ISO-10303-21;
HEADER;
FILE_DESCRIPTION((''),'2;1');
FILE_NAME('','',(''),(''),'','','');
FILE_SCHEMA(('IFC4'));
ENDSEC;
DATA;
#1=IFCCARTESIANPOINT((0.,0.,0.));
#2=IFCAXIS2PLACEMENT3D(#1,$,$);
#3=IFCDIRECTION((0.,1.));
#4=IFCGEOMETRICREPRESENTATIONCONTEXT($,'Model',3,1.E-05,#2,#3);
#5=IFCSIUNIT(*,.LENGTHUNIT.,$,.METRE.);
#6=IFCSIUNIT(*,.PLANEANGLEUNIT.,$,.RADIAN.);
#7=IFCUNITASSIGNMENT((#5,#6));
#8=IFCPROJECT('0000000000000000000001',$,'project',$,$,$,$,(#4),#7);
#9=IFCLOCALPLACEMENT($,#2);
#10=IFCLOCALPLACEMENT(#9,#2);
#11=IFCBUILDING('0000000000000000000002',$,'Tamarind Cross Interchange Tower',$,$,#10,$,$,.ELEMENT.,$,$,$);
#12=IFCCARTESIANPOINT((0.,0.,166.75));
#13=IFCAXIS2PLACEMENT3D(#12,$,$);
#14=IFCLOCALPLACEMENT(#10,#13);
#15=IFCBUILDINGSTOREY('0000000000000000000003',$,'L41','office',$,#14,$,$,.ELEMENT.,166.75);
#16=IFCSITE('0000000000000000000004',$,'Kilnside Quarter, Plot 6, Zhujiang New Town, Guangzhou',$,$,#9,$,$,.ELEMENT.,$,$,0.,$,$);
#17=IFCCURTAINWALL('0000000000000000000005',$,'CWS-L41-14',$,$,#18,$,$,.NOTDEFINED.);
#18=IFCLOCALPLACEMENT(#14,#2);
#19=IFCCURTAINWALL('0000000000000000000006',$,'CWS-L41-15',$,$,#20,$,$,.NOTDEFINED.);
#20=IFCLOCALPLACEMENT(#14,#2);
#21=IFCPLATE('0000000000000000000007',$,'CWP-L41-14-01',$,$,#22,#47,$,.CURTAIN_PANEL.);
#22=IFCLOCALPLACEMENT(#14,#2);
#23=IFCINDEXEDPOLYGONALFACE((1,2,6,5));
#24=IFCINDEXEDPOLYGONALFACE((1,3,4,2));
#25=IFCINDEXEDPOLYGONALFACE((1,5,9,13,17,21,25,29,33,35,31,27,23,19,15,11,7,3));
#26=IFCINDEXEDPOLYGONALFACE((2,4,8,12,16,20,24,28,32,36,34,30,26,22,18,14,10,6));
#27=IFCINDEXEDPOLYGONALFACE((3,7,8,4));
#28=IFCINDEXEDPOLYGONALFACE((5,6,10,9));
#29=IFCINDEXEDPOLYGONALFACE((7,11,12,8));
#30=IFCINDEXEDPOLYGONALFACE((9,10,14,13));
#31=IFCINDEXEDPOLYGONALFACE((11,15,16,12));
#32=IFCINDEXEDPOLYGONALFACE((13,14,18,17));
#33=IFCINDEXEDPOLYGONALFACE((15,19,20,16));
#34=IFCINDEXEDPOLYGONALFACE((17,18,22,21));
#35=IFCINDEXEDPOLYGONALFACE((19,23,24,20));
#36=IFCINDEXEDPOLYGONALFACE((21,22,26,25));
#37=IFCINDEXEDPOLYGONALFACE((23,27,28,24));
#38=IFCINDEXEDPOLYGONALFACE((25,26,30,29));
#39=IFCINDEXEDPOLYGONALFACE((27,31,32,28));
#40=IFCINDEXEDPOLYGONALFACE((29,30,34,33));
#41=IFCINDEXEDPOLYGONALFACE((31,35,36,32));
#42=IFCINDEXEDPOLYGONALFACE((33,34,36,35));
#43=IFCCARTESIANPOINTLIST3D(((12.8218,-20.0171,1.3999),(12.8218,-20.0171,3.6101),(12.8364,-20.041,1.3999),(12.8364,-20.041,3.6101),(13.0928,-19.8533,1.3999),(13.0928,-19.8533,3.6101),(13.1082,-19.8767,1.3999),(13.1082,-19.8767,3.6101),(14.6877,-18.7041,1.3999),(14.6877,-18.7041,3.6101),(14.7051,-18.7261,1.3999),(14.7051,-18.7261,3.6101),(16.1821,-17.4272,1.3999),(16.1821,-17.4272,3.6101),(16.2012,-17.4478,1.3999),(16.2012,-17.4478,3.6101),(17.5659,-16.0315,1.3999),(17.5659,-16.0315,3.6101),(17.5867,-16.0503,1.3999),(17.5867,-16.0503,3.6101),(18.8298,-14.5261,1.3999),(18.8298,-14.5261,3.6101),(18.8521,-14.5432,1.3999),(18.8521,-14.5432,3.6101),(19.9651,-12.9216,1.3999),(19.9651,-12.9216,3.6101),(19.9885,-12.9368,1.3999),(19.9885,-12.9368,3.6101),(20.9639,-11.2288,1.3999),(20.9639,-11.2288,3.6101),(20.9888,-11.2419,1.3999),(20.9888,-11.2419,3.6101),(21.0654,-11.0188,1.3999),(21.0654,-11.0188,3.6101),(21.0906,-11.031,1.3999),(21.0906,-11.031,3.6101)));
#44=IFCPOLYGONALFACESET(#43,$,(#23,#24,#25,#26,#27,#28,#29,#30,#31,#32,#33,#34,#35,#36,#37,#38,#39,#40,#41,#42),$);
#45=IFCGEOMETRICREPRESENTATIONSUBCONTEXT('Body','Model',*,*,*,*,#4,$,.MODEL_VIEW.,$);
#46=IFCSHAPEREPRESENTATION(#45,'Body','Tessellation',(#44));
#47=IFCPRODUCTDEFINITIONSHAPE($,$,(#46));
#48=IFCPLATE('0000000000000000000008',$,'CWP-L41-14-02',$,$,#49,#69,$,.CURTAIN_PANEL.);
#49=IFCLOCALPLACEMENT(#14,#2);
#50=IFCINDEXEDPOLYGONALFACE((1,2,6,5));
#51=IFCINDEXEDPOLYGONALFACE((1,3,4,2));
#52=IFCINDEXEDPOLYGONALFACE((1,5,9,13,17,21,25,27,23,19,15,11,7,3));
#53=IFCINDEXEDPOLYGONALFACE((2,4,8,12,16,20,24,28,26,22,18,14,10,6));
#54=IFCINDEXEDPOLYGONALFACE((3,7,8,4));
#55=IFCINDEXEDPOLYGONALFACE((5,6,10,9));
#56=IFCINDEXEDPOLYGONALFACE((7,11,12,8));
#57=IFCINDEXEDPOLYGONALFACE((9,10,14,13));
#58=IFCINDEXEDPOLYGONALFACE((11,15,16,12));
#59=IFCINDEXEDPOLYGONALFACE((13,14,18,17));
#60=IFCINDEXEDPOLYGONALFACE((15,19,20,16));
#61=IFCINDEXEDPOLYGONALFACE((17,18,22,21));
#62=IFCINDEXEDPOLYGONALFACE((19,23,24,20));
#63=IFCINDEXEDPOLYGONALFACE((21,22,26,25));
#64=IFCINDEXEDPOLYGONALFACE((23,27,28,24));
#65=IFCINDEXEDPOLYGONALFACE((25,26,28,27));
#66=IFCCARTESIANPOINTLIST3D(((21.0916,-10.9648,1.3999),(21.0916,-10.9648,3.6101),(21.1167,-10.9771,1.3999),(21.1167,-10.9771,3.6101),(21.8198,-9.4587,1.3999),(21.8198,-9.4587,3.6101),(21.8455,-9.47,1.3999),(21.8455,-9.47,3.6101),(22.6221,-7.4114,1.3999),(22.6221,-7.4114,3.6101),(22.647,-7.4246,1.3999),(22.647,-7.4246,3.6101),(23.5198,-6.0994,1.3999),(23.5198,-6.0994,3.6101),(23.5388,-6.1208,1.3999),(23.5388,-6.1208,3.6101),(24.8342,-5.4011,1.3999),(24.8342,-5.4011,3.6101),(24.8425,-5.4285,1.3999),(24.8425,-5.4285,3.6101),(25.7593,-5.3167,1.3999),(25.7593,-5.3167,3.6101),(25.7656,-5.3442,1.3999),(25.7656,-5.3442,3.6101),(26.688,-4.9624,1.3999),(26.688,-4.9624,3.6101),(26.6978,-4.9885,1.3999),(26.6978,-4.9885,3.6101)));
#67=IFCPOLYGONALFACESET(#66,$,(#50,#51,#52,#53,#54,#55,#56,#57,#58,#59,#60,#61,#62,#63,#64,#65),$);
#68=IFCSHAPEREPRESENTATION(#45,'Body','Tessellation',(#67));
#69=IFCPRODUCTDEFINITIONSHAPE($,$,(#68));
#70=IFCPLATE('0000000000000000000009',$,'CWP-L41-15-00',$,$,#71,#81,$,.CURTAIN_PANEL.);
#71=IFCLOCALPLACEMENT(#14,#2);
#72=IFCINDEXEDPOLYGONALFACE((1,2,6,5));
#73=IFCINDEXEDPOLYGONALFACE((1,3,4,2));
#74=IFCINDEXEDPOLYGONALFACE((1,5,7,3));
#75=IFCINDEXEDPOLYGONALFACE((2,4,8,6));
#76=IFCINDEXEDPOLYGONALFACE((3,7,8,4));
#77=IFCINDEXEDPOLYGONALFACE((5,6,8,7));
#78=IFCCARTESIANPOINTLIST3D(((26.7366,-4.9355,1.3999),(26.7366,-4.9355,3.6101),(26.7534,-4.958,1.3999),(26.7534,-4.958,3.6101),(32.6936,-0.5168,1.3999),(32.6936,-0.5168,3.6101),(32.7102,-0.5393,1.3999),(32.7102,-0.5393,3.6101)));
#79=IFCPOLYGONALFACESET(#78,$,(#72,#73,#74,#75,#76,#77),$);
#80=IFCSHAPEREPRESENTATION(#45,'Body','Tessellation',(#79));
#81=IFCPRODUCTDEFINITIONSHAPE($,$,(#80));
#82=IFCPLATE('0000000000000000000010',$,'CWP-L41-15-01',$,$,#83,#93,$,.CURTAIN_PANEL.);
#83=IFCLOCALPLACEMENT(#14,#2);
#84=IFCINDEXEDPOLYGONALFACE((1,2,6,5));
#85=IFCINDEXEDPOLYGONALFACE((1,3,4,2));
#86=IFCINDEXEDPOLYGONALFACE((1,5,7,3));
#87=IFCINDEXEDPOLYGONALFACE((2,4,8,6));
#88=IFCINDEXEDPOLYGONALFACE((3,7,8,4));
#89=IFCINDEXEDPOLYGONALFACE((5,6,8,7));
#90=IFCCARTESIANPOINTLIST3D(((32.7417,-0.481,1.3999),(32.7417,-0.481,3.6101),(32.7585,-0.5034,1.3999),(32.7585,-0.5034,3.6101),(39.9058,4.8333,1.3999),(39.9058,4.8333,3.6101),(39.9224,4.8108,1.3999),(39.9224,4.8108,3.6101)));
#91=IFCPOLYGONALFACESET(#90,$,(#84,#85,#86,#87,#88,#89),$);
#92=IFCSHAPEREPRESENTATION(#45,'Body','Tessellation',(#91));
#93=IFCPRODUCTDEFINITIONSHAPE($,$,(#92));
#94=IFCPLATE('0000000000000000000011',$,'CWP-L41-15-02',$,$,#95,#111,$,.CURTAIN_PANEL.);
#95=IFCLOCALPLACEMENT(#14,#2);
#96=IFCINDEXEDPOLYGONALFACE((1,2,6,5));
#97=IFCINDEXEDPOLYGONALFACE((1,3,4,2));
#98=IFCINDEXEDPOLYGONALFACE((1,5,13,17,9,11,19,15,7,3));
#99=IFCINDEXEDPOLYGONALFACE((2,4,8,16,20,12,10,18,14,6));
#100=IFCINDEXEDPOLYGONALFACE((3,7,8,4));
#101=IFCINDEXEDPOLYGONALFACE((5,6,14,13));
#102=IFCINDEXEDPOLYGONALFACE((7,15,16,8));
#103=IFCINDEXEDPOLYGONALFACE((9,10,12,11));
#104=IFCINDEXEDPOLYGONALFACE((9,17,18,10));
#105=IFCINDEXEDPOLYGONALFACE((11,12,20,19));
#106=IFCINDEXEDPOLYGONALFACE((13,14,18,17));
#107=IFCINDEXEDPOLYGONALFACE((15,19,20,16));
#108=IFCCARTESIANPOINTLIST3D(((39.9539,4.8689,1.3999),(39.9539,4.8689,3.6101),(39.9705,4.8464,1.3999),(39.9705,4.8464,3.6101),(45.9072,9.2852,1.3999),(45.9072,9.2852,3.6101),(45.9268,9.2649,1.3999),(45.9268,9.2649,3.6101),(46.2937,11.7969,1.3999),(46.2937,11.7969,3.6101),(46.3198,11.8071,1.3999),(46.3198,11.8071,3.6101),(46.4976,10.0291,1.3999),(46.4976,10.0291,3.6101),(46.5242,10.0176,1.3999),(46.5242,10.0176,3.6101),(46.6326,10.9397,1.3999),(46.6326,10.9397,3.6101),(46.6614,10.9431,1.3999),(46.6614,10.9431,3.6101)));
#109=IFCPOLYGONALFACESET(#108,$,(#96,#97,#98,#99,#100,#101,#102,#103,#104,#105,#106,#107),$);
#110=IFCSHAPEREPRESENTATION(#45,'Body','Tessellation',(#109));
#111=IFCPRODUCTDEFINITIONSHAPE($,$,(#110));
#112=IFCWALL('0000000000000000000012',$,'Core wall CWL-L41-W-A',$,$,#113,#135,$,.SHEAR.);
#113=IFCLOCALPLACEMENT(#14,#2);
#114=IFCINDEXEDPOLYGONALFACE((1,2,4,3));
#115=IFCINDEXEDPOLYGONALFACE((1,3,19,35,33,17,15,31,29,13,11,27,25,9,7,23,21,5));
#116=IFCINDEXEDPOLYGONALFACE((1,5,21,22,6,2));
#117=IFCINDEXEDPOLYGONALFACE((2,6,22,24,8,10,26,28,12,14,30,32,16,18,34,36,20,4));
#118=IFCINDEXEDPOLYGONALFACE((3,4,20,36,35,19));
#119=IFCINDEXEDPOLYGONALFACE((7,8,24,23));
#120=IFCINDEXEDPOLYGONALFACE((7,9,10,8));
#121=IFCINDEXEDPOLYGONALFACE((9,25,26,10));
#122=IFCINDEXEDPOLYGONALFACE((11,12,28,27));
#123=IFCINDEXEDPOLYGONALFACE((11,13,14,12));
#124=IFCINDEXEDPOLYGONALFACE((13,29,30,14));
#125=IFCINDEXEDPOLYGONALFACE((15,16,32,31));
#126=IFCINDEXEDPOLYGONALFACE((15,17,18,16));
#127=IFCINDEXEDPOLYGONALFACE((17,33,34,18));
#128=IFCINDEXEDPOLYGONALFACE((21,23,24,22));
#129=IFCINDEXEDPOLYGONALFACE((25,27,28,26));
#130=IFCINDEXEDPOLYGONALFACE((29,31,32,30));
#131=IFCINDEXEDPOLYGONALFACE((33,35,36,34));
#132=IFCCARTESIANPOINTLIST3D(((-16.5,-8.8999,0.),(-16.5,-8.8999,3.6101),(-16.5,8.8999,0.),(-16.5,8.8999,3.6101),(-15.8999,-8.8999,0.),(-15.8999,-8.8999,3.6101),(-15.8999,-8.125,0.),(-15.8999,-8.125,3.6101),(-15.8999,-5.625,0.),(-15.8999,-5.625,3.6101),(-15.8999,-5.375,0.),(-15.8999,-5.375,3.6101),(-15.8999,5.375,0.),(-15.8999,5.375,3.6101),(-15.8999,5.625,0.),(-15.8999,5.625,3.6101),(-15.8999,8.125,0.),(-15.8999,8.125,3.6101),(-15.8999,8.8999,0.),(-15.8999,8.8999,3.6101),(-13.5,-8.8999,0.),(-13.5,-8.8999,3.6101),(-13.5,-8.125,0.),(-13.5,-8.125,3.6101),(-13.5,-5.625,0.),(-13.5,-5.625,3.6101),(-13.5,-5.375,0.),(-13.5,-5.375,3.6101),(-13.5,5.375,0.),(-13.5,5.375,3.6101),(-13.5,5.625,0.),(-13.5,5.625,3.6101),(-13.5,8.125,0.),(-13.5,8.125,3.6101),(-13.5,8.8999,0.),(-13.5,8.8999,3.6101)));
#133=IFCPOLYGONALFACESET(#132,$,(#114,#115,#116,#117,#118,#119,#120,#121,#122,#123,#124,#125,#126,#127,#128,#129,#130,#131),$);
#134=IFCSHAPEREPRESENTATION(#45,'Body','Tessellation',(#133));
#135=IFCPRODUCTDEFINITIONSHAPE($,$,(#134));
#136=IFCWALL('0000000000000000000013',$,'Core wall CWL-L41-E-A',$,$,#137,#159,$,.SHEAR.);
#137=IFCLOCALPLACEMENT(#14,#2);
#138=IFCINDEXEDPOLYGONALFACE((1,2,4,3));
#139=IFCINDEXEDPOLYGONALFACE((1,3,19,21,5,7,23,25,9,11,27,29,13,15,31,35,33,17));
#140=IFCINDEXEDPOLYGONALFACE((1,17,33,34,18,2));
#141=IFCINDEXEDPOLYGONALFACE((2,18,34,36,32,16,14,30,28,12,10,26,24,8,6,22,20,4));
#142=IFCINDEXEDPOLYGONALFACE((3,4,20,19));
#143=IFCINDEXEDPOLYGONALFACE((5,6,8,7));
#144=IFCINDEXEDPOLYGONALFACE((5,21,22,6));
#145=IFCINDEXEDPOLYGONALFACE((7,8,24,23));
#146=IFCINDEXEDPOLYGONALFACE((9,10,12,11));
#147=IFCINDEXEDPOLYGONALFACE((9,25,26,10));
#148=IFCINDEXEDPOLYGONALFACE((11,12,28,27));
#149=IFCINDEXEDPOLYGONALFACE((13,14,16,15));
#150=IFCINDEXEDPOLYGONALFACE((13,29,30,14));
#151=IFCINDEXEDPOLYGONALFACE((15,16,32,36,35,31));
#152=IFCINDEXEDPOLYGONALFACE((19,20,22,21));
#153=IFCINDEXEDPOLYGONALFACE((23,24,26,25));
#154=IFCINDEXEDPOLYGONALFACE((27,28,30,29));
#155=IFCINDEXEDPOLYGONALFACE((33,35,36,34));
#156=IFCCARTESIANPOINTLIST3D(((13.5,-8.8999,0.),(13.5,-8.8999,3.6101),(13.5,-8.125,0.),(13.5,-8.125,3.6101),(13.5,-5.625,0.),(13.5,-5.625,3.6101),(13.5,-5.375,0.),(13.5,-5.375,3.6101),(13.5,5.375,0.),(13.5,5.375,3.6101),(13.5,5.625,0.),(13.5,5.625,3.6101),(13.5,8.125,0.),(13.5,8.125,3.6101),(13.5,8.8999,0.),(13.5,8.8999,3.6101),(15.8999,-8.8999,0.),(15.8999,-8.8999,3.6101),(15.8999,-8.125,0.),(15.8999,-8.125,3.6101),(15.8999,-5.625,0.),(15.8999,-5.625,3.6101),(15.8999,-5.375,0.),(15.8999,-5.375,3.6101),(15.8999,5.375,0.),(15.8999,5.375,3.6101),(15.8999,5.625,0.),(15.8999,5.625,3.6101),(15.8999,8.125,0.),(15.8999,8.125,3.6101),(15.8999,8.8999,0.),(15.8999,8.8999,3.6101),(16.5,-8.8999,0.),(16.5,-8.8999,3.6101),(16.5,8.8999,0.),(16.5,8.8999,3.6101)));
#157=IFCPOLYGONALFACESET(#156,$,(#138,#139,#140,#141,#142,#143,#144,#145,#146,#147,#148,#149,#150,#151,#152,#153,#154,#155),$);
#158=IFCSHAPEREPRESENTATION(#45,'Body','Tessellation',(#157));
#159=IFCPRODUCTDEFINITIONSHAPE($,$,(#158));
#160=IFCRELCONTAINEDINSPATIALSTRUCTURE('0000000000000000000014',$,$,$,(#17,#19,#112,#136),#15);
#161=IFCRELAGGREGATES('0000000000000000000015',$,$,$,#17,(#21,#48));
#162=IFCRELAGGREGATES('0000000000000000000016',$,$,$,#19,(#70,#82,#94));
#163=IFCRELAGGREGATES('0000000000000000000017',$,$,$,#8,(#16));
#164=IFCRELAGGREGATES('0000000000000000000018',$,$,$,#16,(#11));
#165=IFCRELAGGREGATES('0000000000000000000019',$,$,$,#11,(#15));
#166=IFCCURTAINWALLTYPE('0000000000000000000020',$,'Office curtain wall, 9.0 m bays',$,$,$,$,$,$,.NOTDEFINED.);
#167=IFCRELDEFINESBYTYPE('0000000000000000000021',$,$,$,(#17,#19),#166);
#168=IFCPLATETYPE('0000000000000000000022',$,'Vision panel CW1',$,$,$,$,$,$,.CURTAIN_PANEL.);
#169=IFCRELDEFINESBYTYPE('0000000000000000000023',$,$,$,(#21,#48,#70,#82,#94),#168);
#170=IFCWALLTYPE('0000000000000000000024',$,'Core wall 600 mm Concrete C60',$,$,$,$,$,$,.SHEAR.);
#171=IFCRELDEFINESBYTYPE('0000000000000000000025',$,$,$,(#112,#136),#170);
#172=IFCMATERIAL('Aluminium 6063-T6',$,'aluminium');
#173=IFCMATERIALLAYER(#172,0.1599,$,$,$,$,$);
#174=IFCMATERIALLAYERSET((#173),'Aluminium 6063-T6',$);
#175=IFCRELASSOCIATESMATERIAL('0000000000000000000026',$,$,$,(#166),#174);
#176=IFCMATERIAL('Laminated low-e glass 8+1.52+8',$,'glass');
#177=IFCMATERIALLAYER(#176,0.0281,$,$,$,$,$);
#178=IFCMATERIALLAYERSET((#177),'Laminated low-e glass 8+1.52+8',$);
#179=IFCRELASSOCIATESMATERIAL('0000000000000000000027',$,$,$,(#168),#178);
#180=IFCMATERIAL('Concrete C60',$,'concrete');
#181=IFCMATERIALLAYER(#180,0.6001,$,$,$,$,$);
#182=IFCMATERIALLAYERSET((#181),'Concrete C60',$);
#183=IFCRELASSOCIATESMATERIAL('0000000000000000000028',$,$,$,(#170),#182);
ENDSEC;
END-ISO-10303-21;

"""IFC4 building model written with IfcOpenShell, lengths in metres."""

from ifc_helpers import new_model, si_unit, direction, frame, origin, place, context, subcontext, project, spatial, polyline, outline, extrude, material, layer, layer_set, type_object, element, aggregate, save


model = new_model("IFC4")

# Units and contexts
model_context = context("Model", 3, precision=1e-05, world=origin(), true_north=direction((0.0, 1.0)))
body_context = subcontext(model_context, "Body", "Model", "MODEL_VIEW")
ifc_project = project(units=[si_unit("LENGTHUNIT", "METRE"), si_unit("PLANEANGLEUNIT", "RADIAN")], contexts=[model_context])

# Site, building, storey
site_placement = place(None, origin())
site = spatial("IfcSite", under=ifc_project, at=site_placement, Name="Kilnside Quarter, Plot 6, Zhujiang New Town, Guangzhou", CompositionType="ELEMENT", RefElevation=0.0)
building_placement = place(site_placement, origin())
building = spatial("IfcBuilding", under=site, at=building_placement, Name="Tamarind Cross Interchange Tower", CompositionType="ELEMENT")
storey_placement = place(building_placement, frame((0.0, 0.0, 166.75)))
storey = spatial("IfcBuildingStorey", under=building, at=storey_placement, Name="L41", Description="office", CompositionType="ELEMENT", Elevation=166.75)

# Curtain walls
ifc_material_1 = material(Name="Aluminium 6063-T6", Category="aluminium")
ifc_layer_1 = layer(ifc_material_1, 0.1599)
ifc_layer_set_1 = layer_set([ifc_layer_1], Name="Aluminium 6063-T6")
curtain_wall_type = type_object("IfcCurtainWallType", Name="Office curtain wall, 9.0 m bays", PredefinedType="NOTDEFINED", material=ifc_layer_set_1)
curtain_wall_1_placement = place(storey_placement, origin())
curtain_wall_1 = element("IfcCurtainWall", 1, at=curtain_wall_1_placement, inside=storey, type_object=curtain_wall_type, Name="CWS-L41-14", PredefinedType="NOTDEFINED")
curtain_wall_2_placement = place(storey_placement, origin())
curtain_wall_2 = element("IfcCurtainWall", 2, at=curtain_wall_2_placement, inside=storey, type_object=curtain_wall_type, Name="CWS-L41-15", PredefinedType="NOTDEFINED")

# Plates
ifc_material_2 = material(Name="Laminated low-e glass 8+1.52+8", Category="glass")
ifc_layer_2 = layer(ifc_material_2, 0.0281)
ifc_layer_set_2 = layer_set([ifc_layer_2], Name="Laminated low-e glass 8+1.52+8")
plate_type = type_object("IfcPlateType", Name="Vision panel CW1", PredefinedType="CURTAIN_PANEL", material=ifc_layer_set_2)
plate_1_placement = place(storey_placement, frame((0.0, 0.0, 1.3999)))
plate_1 = element("IfcPlate", 3, at=plate_1_placement, type_object=plate_type, Name="CWP-L41-14-01", PredefinedType="CURTAIN_PANEL", context=body_context, shape_type="SweptSolid", body=[
    extrude(outline(polyline([(12.8218, -20.0171), (13.0928, -19.8533), (14.6877, -18.7041), (16.1821, -17.4272), (17.5659, -16.0315), (18.8298, -14.5261), (19.9651, -12.9216), (20.9639, -11.2288), (21.0654, -11.0188), (21.0906, -11.031), (20.9888, -11.2419), (19.9885, -12.9368), (18.8521, -14.5432), (17.5867, -16.0503), (16.2012, -17.4478), (14.7051, -18.7261), (13.1082, -19.8767), (12.8364, -20.041), (12.8218, -20.0171)])), origin(), (0.0, 0.0, 1.0), 2.2102),
])
plate_2_placement = place(storey_placement, frame((0.0, 0.0, 1.3999)))
plate_2 = element("IfcPlate", 4, at=plate_2_placement, type_object=plate_type, Name="CWP-L41-14-02", PredefinedType="CURTAIN_PANEL", context=body_context, shape_type="SweptSolid", body=[
    extrude(outline(polyline([(21.0916, -10.9648), (21.8198, -9.4587), (22.6221, -7.4114), (23.5198, -6.0994), (24.8342, -5.4011), (25.7593, -5.3167), (26.688, -4.9624), (26.6978, -4.9885), (25.7656, -5.3442), (24.8425, -5.4285), (23.5388, -6.1208), (22.647, -7.4246), (21.8455, -9.47), (21.1167, -10.9771), (21.0916, -10.9648)])), origin(), (0.0, 0.0, 1.0), 2.2102),
])
aggregate(curtain_wall_1, [plate_1, plate_2])
plate_3_placement = place(storey_placement, frame((0.0, 0.0, 1.3999)))
plate_3 = element("IfcPlate", 5, at=plate_3_placement, type_object=plate_type, Name="CWP-L41-15-00", PredefinedType="CURTAIN_PANEL", context=body_context, shape_type="SweptSolid", body=[
    extrude(outline(polyline([(26.7366, -4.9355), (32.6936, -0.5168), (32.7102, -0.5393), (26.7534, -4.958), (26.7366, -4.9355)])), origin(), (0.0, 0.0, 1.0), 2.2102),
])
plate_4_placement = place(storey_placement, frame((0.0, 0.0, 1.3999)))
plate_4 = element("IfcPlate", 6, at=plate_4_placement, type_object=plate_type, Name="CWP-L41-15-01", PredefinedType="CURTAIN_PANEL", context=body_context, shape_type="SweptSolid", body=[
    extrude(outline(polyline([(32.7417, -0.481), (39.9058, 4.8333), (39.9224, 4.8108), (32.7585, -0.5034), (32.7417, -0.481)])), origin(), (0.0, 0.0, 1.0), 2.2102),
])
plate_5_placement = place(storey_placement, frame((0.0, 0.0, 1.3999)))
plate_5 = element("IfcPlate", 7, at=plate_5_placement, type_object=plate_type, Name="CWP-L41-15-02", PredefinedType="CURTAIN_PANEL", context=body_context, shape_type="SweptSolid", body=[
    extrude(outline(polyline([(39.9539, 4.8689), (45.9072, 9.2852), (46.4976, 10.0291), (46.6326, 10.9397), (46.2937, 11.7969), (46.3198, 11.8071), (46.6614, 10.9431), (46.5242, 10.0176), (45.9268, 9.2649), (39.9705, 4.8464), (39.9539, 4.8689)])), origin(), (0.0, 0.0, 1.0), 2.2102),
])
aggregate(curtain_wall_2, [plate_3, plate_4, plate_5])

# Walls
ifc_material_3 = material(Name="Concrete C60", Category="concrete")
ifc_layer_3 = layer(ifc_material_3, 0.6001)
ifc_layer_set_3 = layer_set([ifc_layer_3], Name="Concrete C60")
wall_type_1 = type_object("IfcWallType", Name="Core wall 600 mm Concrete C60", PredefinedType="SHEAR", material=ifc_layer_set_3)
wall_1_placement = place(storey_placement, origin())
element("IfcWall", 8, at=wall_1_placement, inside=storey, type_object=wall_type_1, Name="Core wall CWL-L41-W-A", PredefinedType="SHEAR", context=body_context, shape_type="SweptSolid", body=[
    extrude(outline(polyline([(-13.5, -8.125), (-15.8999, -8.125), (-15.8999, -5.625), (-13.5, -5.625), (-13.5, -5.375), (-15.8999, -5.375), (-15.8999, 5.375), (-13.5, 5.375), (-13.5, 5.625), (-15.8999, 5.625), (-15.8999, 8.125), (-13.5, 8.125), (-13.5, 8.8999), (-15.8999, 8.8999), (-16.5, 8.8999), (-16.5, -8.8999), (-15.8999, -8.8999), (-13.5, -8.8999), (-13.5, -8.125)])), origin(), (0.0, 0.0, 1.0), 3.6101),
])
wall_2_placement = place(storey_placement, origin())
element("IfcWall", 9, at=wall_2_placement, inside=storey, type_object=wall_type_1, Name="Core wall CWL-L41-E-A", PredefinedType="SHEAR", context=body_context, shape_type="SweptSolid", body=[
    extrude(outline(polyline([(13.5, -8.125), (13.5, -8.8999), (15.8999, -8.8999), (16.5, -8.8999), (16.5, 8.8999), (15.8999, 8.8999), (13.5, 8.8999), (13.5, 8.125), (15.8999, 8.125), (15.8999, 5.625), (13.5, 5.625), (13.5, 5.375), (15.8999, 5.375), (15.8999, -5.375), (13.5, -5.375), (13.5, -5.625), (15.8999, -5.625), (15.8999, -8.125), (13.5, -8.125)])), origin(), (0.0, 0.0, 1.0), 3.6101),
])

save(model, "model.ifc")
